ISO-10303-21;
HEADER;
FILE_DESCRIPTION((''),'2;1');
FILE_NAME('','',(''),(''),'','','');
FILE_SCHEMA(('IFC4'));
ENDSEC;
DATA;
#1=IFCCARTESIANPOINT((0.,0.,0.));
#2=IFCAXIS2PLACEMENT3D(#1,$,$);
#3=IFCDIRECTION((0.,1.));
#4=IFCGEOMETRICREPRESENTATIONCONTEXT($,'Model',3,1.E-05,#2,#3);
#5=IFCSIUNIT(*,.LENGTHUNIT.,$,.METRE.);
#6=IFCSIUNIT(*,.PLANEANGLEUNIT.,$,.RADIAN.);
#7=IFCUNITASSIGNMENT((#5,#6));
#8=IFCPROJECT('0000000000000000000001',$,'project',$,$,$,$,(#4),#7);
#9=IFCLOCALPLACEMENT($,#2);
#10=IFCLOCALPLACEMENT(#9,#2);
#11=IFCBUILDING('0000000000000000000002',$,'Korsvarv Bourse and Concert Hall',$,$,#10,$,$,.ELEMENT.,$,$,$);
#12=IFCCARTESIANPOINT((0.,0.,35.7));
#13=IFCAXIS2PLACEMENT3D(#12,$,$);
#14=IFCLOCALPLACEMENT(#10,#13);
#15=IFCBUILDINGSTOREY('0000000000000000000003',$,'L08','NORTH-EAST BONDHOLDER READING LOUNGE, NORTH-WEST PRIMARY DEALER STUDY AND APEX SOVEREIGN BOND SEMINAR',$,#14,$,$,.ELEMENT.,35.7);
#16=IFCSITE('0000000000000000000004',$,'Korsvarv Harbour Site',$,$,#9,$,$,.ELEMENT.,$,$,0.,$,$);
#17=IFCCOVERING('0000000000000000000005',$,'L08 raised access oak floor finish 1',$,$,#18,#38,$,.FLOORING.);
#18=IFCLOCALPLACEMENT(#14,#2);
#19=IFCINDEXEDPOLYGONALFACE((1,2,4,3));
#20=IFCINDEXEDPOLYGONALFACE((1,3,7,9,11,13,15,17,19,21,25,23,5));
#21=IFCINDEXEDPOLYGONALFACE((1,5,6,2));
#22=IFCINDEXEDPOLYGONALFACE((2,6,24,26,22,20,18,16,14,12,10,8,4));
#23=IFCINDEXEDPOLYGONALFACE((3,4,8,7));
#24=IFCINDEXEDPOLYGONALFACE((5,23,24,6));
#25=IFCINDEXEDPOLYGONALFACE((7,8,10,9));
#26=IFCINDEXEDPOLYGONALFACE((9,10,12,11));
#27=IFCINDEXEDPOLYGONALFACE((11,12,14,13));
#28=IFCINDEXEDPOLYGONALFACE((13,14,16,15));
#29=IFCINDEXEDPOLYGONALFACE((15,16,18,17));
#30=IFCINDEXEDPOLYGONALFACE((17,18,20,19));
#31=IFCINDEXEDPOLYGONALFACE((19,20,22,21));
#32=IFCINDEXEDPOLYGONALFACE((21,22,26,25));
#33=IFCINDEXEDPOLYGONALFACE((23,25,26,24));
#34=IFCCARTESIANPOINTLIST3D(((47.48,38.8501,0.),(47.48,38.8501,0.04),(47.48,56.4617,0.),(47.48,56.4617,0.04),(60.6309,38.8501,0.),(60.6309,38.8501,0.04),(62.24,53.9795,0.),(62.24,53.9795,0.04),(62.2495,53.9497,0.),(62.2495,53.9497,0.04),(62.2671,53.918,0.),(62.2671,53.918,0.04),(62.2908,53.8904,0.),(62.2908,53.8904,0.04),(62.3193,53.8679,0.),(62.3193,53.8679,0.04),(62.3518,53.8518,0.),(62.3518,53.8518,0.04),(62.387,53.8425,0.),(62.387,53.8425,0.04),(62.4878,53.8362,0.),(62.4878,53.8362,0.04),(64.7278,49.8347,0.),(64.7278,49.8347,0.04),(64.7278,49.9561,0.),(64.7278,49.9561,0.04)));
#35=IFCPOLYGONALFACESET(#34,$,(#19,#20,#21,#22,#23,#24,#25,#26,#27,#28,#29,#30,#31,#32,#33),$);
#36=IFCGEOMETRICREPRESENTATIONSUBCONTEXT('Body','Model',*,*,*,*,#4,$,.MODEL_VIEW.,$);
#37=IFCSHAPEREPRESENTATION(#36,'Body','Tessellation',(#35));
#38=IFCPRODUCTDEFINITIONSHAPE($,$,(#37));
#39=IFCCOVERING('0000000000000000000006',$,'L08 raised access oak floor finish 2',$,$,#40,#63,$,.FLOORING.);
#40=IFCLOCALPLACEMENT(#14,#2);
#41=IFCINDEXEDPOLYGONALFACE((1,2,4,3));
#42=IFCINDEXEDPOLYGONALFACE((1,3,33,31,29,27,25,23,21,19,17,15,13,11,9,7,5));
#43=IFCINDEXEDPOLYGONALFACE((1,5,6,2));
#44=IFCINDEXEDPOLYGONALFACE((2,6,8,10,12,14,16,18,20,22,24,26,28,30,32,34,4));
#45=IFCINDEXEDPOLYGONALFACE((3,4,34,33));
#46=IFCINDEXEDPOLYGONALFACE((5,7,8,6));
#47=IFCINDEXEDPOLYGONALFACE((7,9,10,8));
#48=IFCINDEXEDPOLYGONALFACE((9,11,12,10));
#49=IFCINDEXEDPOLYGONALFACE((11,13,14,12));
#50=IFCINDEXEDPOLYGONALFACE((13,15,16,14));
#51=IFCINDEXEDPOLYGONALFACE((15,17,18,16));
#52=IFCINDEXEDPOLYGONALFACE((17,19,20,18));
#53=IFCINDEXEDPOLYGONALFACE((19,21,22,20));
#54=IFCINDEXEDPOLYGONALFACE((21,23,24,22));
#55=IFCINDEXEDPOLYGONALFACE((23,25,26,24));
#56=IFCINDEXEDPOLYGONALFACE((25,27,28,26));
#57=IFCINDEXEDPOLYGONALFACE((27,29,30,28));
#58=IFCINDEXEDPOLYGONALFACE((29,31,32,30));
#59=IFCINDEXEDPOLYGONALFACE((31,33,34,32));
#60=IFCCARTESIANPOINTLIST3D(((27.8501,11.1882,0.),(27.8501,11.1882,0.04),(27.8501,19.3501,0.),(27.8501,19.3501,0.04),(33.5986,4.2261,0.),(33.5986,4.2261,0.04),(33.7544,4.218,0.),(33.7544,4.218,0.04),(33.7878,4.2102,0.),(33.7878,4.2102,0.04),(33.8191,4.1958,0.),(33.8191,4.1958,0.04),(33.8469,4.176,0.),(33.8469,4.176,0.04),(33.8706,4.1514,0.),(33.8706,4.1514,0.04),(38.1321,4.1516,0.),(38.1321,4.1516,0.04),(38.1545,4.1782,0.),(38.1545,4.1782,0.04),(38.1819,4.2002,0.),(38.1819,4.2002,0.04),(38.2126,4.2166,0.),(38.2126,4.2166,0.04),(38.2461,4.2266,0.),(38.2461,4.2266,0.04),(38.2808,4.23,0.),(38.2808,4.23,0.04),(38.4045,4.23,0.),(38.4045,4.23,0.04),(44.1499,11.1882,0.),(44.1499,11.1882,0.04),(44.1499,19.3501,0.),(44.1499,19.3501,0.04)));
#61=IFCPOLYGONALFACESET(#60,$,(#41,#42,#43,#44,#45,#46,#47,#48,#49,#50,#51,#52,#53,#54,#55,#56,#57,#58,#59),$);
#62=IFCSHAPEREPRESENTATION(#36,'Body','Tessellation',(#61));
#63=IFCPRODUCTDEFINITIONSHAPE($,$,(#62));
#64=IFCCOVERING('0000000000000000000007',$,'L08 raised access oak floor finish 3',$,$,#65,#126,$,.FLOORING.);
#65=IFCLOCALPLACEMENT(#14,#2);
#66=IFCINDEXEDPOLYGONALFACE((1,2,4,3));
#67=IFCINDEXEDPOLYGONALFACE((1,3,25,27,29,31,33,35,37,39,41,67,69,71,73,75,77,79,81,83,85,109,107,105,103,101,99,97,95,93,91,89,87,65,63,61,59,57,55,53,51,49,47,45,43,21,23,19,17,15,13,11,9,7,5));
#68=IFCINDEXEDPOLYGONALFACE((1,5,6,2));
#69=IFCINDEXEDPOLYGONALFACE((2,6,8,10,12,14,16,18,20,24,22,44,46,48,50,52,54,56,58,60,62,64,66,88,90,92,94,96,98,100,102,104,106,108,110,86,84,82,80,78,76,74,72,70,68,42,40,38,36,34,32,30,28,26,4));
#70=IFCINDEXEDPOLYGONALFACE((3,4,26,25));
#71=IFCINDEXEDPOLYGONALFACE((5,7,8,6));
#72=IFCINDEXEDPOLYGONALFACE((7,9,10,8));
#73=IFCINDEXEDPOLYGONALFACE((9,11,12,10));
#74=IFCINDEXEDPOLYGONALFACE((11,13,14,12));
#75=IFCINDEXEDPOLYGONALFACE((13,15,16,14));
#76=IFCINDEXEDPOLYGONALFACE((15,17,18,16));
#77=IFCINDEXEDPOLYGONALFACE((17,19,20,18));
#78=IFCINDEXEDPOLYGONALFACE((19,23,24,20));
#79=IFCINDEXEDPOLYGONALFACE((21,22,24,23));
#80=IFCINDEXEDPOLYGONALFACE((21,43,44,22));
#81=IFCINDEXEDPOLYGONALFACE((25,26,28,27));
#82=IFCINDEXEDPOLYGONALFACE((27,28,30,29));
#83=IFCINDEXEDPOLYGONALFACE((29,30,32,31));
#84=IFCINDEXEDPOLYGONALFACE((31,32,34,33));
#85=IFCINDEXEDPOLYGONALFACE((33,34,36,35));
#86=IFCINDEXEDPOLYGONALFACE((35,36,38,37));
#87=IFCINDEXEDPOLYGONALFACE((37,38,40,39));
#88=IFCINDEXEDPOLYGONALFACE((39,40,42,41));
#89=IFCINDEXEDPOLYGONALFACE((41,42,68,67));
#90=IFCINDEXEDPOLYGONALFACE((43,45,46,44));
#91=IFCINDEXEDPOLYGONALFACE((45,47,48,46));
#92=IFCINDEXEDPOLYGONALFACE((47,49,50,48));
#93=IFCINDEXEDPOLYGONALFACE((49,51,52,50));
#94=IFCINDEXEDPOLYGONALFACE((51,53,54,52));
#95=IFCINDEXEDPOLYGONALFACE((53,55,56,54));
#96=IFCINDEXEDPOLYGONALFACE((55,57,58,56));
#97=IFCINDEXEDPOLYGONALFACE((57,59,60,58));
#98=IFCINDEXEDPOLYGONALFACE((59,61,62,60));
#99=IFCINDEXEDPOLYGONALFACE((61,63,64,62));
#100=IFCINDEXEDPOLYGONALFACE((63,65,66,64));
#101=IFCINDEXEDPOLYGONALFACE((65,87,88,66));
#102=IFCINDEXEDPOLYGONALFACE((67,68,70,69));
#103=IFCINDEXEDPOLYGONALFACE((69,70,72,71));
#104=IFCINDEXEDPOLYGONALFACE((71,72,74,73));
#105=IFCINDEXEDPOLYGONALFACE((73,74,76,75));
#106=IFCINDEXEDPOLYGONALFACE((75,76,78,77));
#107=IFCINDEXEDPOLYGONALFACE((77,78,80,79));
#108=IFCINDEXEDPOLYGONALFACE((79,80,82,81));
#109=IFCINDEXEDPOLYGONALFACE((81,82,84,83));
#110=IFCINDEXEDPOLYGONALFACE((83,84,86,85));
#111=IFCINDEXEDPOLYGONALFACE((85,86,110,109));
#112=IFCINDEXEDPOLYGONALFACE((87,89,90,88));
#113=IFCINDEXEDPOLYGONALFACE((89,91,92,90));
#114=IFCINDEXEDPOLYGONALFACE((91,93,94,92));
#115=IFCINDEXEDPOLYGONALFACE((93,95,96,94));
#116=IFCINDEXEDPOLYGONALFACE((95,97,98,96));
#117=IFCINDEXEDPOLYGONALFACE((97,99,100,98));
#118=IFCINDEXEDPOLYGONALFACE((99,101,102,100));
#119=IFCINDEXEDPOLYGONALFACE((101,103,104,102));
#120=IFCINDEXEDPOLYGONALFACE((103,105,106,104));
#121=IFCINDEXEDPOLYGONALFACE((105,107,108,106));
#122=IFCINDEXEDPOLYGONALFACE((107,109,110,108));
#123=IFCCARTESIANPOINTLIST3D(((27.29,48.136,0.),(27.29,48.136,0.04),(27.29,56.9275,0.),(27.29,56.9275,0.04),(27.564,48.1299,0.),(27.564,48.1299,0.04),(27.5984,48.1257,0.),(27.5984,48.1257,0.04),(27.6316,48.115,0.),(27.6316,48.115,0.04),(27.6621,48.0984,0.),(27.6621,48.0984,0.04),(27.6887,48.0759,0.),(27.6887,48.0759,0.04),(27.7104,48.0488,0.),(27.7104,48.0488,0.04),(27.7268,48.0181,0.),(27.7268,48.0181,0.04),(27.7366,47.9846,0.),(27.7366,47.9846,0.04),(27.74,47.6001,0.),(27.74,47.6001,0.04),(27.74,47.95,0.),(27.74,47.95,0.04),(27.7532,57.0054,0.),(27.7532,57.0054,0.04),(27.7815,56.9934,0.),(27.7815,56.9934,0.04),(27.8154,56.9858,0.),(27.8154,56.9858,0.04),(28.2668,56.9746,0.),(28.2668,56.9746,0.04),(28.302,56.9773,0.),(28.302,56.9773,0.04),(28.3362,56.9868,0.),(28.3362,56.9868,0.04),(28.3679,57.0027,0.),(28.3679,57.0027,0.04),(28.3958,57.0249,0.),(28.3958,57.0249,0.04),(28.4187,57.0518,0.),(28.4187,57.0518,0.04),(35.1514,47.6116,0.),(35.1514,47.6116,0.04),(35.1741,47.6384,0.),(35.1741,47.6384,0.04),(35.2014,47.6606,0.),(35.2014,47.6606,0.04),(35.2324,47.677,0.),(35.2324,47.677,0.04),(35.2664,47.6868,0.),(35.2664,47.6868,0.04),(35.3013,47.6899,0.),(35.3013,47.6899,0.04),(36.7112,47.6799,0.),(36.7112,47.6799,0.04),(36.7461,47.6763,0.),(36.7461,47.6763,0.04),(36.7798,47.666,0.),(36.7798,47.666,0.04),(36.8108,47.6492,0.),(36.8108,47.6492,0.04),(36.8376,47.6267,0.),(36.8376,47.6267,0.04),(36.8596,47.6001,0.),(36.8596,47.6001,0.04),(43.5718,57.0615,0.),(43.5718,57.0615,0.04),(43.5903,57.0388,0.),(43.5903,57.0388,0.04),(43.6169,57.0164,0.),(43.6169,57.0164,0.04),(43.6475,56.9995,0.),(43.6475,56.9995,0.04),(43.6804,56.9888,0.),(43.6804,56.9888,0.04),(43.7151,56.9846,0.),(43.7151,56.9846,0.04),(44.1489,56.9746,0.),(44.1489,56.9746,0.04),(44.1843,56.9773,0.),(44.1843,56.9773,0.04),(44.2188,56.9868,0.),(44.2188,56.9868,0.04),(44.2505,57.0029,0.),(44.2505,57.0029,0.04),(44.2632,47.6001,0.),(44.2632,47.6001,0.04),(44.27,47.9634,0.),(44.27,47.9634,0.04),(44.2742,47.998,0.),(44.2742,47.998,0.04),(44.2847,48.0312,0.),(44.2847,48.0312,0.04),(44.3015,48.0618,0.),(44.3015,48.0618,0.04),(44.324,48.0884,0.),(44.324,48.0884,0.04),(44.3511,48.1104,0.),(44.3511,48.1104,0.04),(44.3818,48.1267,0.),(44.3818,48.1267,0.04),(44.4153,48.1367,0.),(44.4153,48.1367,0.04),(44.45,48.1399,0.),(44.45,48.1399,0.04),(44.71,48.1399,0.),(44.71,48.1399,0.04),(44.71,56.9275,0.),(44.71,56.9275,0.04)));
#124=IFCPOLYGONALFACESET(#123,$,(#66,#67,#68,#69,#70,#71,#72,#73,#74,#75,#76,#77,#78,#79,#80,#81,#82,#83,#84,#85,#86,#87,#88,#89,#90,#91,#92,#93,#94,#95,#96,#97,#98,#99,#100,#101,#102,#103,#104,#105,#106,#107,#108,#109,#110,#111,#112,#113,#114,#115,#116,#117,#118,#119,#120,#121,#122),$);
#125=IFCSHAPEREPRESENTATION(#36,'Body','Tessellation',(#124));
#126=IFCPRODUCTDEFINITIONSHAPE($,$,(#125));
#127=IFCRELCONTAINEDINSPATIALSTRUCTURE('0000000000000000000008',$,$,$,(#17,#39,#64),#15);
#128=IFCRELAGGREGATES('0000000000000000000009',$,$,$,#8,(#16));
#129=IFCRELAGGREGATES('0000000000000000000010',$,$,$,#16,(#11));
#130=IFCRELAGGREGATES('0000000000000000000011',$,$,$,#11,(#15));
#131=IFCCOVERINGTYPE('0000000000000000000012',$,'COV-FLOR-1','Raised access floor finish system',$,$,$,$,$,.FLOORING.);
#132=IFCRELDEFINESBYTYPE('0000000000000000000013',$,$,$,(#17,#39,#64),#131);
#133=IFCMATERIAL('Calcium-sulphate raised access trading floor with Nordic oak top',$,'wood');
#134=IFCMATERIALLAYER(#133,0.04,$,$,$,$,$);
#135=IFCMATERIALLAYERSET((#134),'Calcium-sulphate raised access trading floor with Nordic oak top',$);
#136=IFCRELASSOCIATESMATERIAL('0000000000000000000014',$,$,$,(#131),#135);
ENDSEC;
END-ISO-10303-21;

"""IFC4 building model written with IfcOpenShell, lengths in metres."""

from ifc_helpers import new_model, si_unit, direction, frame, origin, place, context, subcontext, project, spatial, polyline, outline, extrude, material, layer, layer_set, type_object, element, save


model = new_model("IFC4")

# Units and contexts
model_context = context("Model", 3, precision=1e-05, world=origin(), true_north=direction((0.0, 1.0)))
body_context = subcontext(model_context, "Body", "Model", "MODEL_VIEW")
ifc_project = project(units=[si_unit("LENGTHUNIT", "METRE"), si_unit("PLANEANGLEUNIT", "RADIAN")], contexts=[model_context])

# Site, building, storey
site_placement = place(None, origin())
site = spatial("IfcSite", under=ifc_project, at=site_placement, Name="Korsvarv Harbour Site", CompositionType="ELEMENT", RefElevation=0.0)
building_placement = place(site_placement, origin())
building = spatial("IfcBuilding", under=site, at=building_placement, Name="Korsvarv Bourse and Concert Hall", CompositionType="ELEMENT")
storey_placement = place(building_placement, frame((0.0, 0.0, 35.7)))
storey = spatial("IfcBuildingStorey", under=building, at=storey_placement, Name="L08", Description="NORTH-EAST BONDHOLDER READING LOUNGE, NORTH-WEST PRIMARY DEALER STUDY AND APEX SOVEREIGN BOND SEMINAR", CompositionType="ELEMENT", Elevation=35.7)

# Coverings
ifc_material_1 = material(Name="Calcium-sulphate raised access trading floor with Nordic oak top", Category="wood")
ifc_layer_1 = layer(ifc_material_1, 0.04)
ifc_layer_set_1 = layer_set([ifc_layer_1], Name="Calcium-sulphate raised access trading floor with Nordic oak top")
covering_type_1 = type_object("IfcCoveringType", Name="COV-FLOR-1", Description="Raised access floor finish system", PredefinedType="FLOORING", material=ifc_layer_set_1)
covering_1_placement = place(storey_placement, origin())
element("IfcCovering", 1, at=covering_1_placement, inside=storey, type_object=covering_type_1, Name="L08 raised access oak floor finish 1", PredefinedType="FLOORING", context=body_context, shape_type="SweptSolid", body=[
    extrude(outline(polyline([(47.48, 56.4617), (62.24, 53.9795), (62.2495, 53.9497), (62.2671, 53.918), (62.2908, 53.8904), (62.3193, 53.8679), (62.3518, 53.8518), (62.387, 53.8425), (62.4878, 53.8362), (64.7278, 49.9561), (64.7278, 49.8347), (60.6309, 38.8501), (47.48, 38.8501), (47.48, 56.4617)])), origin(), (0.0, 0.0, 1.0), 0.04),
])
covering_2_placement = place(storey_placement, origin())
element("IfcCovering", 2, at=covering_2_placement, inside=storey, type_object=covering_type_1, Name="L08 raised access oak floor finish 2", PredefinedType="FLOORING", context=body_context, shape_type="SweptSolid", body=[
    extrude(outline(polyline([(33.8706, 4.1514), (33.8469, 4.176), (33.8191, 4.1958), (33.7878, 4.2102), (33.7544, 4.218), (33.5986, 4.2261), (27.8501, 11.1882), (27.8501, 19.3501), (44.1499, 19.3501), (44.1499, 11.1882), (38.4045, 4.23), (38.2808, 4.23), (38.2461, 4.2266), (38.2126, 4.2166), (38.1819, 4.2002), (38.1545, 4.1782), (38.1321, 4.1516), (33.8706, 4.1514)])), origin(), (0.0, 0.0, 1.0), 0.04),
])
covering_3_placement = place(storey_placement, origin())
element("IfcCovering", 3, at=covering_3_placement, inside=storey, type_object=covering_type_1, Name="L08 raised access oak floor finish 3", PredefinedType="FLOORING", context=body_context, shape_type="SweptSolid", body=[
    extrude(outline(polyline([(27.7532, 57.0054), (27.7815, 56.9934), (27.8154, 56.9858), (28.2668, 56.9746), (28.302, 56.9773), (28.3362, 56.9868), (28.3679, 57.0027), (28.3958, 57.0249), (28.4187, 57.0518), (43.5718, 57.0615), (43.5903, 57.0388), (43.6169, 57.0164), (43.6475, 56.9995), (43.6804, 56.9888), (43.7151, 56.9846), (44.1489, 56.9746), (44.1843, 56.9773), (44.2188, 56.9868), (44.2505, 57.0029), (44.71, 56.9275), (44.71, 48.1399), (44.45, 48.1399), (44.4153, 48.1367), (44.3818, 48.1267), (44.3511, 48.1104), (44.324, 48.0884), (44.3015, 48.0618), (44.2847, 48.0312), (44.2742, 47.998), (44.27, 47.9634), (44.2632, 47.6001), (36.8596, 47.6001), (36.8376, 47.6267), (36.8108, 47.6492), (36.7798, 47.666), (36.7461, 47.6763), (36.7112, 47.6799), (35.3013, 47.6899), (35.2664, 47.6868), (35.2324, 47.677), (35.2014, 47.6606), (35.1741, 47.6384), (35.1514, 47.6116), (27.74, 47.6001), (27.74, 47.95), (27.7366, 47.9846), (27.7268, 48.0181), (27.7104, 48.0488), (27.6887, 48.0759), (27.6621, 48.0984), (27.6316, 48.115), (27.5984, 48.1257), (27.564, 48.1299), (27.29, 48.136), (27.29, 56.9275), (27.7532, 57.0054)])), origin(), (0.0, 0.0, 1.0), 0.04),
])

save(model, "model.ifc")
